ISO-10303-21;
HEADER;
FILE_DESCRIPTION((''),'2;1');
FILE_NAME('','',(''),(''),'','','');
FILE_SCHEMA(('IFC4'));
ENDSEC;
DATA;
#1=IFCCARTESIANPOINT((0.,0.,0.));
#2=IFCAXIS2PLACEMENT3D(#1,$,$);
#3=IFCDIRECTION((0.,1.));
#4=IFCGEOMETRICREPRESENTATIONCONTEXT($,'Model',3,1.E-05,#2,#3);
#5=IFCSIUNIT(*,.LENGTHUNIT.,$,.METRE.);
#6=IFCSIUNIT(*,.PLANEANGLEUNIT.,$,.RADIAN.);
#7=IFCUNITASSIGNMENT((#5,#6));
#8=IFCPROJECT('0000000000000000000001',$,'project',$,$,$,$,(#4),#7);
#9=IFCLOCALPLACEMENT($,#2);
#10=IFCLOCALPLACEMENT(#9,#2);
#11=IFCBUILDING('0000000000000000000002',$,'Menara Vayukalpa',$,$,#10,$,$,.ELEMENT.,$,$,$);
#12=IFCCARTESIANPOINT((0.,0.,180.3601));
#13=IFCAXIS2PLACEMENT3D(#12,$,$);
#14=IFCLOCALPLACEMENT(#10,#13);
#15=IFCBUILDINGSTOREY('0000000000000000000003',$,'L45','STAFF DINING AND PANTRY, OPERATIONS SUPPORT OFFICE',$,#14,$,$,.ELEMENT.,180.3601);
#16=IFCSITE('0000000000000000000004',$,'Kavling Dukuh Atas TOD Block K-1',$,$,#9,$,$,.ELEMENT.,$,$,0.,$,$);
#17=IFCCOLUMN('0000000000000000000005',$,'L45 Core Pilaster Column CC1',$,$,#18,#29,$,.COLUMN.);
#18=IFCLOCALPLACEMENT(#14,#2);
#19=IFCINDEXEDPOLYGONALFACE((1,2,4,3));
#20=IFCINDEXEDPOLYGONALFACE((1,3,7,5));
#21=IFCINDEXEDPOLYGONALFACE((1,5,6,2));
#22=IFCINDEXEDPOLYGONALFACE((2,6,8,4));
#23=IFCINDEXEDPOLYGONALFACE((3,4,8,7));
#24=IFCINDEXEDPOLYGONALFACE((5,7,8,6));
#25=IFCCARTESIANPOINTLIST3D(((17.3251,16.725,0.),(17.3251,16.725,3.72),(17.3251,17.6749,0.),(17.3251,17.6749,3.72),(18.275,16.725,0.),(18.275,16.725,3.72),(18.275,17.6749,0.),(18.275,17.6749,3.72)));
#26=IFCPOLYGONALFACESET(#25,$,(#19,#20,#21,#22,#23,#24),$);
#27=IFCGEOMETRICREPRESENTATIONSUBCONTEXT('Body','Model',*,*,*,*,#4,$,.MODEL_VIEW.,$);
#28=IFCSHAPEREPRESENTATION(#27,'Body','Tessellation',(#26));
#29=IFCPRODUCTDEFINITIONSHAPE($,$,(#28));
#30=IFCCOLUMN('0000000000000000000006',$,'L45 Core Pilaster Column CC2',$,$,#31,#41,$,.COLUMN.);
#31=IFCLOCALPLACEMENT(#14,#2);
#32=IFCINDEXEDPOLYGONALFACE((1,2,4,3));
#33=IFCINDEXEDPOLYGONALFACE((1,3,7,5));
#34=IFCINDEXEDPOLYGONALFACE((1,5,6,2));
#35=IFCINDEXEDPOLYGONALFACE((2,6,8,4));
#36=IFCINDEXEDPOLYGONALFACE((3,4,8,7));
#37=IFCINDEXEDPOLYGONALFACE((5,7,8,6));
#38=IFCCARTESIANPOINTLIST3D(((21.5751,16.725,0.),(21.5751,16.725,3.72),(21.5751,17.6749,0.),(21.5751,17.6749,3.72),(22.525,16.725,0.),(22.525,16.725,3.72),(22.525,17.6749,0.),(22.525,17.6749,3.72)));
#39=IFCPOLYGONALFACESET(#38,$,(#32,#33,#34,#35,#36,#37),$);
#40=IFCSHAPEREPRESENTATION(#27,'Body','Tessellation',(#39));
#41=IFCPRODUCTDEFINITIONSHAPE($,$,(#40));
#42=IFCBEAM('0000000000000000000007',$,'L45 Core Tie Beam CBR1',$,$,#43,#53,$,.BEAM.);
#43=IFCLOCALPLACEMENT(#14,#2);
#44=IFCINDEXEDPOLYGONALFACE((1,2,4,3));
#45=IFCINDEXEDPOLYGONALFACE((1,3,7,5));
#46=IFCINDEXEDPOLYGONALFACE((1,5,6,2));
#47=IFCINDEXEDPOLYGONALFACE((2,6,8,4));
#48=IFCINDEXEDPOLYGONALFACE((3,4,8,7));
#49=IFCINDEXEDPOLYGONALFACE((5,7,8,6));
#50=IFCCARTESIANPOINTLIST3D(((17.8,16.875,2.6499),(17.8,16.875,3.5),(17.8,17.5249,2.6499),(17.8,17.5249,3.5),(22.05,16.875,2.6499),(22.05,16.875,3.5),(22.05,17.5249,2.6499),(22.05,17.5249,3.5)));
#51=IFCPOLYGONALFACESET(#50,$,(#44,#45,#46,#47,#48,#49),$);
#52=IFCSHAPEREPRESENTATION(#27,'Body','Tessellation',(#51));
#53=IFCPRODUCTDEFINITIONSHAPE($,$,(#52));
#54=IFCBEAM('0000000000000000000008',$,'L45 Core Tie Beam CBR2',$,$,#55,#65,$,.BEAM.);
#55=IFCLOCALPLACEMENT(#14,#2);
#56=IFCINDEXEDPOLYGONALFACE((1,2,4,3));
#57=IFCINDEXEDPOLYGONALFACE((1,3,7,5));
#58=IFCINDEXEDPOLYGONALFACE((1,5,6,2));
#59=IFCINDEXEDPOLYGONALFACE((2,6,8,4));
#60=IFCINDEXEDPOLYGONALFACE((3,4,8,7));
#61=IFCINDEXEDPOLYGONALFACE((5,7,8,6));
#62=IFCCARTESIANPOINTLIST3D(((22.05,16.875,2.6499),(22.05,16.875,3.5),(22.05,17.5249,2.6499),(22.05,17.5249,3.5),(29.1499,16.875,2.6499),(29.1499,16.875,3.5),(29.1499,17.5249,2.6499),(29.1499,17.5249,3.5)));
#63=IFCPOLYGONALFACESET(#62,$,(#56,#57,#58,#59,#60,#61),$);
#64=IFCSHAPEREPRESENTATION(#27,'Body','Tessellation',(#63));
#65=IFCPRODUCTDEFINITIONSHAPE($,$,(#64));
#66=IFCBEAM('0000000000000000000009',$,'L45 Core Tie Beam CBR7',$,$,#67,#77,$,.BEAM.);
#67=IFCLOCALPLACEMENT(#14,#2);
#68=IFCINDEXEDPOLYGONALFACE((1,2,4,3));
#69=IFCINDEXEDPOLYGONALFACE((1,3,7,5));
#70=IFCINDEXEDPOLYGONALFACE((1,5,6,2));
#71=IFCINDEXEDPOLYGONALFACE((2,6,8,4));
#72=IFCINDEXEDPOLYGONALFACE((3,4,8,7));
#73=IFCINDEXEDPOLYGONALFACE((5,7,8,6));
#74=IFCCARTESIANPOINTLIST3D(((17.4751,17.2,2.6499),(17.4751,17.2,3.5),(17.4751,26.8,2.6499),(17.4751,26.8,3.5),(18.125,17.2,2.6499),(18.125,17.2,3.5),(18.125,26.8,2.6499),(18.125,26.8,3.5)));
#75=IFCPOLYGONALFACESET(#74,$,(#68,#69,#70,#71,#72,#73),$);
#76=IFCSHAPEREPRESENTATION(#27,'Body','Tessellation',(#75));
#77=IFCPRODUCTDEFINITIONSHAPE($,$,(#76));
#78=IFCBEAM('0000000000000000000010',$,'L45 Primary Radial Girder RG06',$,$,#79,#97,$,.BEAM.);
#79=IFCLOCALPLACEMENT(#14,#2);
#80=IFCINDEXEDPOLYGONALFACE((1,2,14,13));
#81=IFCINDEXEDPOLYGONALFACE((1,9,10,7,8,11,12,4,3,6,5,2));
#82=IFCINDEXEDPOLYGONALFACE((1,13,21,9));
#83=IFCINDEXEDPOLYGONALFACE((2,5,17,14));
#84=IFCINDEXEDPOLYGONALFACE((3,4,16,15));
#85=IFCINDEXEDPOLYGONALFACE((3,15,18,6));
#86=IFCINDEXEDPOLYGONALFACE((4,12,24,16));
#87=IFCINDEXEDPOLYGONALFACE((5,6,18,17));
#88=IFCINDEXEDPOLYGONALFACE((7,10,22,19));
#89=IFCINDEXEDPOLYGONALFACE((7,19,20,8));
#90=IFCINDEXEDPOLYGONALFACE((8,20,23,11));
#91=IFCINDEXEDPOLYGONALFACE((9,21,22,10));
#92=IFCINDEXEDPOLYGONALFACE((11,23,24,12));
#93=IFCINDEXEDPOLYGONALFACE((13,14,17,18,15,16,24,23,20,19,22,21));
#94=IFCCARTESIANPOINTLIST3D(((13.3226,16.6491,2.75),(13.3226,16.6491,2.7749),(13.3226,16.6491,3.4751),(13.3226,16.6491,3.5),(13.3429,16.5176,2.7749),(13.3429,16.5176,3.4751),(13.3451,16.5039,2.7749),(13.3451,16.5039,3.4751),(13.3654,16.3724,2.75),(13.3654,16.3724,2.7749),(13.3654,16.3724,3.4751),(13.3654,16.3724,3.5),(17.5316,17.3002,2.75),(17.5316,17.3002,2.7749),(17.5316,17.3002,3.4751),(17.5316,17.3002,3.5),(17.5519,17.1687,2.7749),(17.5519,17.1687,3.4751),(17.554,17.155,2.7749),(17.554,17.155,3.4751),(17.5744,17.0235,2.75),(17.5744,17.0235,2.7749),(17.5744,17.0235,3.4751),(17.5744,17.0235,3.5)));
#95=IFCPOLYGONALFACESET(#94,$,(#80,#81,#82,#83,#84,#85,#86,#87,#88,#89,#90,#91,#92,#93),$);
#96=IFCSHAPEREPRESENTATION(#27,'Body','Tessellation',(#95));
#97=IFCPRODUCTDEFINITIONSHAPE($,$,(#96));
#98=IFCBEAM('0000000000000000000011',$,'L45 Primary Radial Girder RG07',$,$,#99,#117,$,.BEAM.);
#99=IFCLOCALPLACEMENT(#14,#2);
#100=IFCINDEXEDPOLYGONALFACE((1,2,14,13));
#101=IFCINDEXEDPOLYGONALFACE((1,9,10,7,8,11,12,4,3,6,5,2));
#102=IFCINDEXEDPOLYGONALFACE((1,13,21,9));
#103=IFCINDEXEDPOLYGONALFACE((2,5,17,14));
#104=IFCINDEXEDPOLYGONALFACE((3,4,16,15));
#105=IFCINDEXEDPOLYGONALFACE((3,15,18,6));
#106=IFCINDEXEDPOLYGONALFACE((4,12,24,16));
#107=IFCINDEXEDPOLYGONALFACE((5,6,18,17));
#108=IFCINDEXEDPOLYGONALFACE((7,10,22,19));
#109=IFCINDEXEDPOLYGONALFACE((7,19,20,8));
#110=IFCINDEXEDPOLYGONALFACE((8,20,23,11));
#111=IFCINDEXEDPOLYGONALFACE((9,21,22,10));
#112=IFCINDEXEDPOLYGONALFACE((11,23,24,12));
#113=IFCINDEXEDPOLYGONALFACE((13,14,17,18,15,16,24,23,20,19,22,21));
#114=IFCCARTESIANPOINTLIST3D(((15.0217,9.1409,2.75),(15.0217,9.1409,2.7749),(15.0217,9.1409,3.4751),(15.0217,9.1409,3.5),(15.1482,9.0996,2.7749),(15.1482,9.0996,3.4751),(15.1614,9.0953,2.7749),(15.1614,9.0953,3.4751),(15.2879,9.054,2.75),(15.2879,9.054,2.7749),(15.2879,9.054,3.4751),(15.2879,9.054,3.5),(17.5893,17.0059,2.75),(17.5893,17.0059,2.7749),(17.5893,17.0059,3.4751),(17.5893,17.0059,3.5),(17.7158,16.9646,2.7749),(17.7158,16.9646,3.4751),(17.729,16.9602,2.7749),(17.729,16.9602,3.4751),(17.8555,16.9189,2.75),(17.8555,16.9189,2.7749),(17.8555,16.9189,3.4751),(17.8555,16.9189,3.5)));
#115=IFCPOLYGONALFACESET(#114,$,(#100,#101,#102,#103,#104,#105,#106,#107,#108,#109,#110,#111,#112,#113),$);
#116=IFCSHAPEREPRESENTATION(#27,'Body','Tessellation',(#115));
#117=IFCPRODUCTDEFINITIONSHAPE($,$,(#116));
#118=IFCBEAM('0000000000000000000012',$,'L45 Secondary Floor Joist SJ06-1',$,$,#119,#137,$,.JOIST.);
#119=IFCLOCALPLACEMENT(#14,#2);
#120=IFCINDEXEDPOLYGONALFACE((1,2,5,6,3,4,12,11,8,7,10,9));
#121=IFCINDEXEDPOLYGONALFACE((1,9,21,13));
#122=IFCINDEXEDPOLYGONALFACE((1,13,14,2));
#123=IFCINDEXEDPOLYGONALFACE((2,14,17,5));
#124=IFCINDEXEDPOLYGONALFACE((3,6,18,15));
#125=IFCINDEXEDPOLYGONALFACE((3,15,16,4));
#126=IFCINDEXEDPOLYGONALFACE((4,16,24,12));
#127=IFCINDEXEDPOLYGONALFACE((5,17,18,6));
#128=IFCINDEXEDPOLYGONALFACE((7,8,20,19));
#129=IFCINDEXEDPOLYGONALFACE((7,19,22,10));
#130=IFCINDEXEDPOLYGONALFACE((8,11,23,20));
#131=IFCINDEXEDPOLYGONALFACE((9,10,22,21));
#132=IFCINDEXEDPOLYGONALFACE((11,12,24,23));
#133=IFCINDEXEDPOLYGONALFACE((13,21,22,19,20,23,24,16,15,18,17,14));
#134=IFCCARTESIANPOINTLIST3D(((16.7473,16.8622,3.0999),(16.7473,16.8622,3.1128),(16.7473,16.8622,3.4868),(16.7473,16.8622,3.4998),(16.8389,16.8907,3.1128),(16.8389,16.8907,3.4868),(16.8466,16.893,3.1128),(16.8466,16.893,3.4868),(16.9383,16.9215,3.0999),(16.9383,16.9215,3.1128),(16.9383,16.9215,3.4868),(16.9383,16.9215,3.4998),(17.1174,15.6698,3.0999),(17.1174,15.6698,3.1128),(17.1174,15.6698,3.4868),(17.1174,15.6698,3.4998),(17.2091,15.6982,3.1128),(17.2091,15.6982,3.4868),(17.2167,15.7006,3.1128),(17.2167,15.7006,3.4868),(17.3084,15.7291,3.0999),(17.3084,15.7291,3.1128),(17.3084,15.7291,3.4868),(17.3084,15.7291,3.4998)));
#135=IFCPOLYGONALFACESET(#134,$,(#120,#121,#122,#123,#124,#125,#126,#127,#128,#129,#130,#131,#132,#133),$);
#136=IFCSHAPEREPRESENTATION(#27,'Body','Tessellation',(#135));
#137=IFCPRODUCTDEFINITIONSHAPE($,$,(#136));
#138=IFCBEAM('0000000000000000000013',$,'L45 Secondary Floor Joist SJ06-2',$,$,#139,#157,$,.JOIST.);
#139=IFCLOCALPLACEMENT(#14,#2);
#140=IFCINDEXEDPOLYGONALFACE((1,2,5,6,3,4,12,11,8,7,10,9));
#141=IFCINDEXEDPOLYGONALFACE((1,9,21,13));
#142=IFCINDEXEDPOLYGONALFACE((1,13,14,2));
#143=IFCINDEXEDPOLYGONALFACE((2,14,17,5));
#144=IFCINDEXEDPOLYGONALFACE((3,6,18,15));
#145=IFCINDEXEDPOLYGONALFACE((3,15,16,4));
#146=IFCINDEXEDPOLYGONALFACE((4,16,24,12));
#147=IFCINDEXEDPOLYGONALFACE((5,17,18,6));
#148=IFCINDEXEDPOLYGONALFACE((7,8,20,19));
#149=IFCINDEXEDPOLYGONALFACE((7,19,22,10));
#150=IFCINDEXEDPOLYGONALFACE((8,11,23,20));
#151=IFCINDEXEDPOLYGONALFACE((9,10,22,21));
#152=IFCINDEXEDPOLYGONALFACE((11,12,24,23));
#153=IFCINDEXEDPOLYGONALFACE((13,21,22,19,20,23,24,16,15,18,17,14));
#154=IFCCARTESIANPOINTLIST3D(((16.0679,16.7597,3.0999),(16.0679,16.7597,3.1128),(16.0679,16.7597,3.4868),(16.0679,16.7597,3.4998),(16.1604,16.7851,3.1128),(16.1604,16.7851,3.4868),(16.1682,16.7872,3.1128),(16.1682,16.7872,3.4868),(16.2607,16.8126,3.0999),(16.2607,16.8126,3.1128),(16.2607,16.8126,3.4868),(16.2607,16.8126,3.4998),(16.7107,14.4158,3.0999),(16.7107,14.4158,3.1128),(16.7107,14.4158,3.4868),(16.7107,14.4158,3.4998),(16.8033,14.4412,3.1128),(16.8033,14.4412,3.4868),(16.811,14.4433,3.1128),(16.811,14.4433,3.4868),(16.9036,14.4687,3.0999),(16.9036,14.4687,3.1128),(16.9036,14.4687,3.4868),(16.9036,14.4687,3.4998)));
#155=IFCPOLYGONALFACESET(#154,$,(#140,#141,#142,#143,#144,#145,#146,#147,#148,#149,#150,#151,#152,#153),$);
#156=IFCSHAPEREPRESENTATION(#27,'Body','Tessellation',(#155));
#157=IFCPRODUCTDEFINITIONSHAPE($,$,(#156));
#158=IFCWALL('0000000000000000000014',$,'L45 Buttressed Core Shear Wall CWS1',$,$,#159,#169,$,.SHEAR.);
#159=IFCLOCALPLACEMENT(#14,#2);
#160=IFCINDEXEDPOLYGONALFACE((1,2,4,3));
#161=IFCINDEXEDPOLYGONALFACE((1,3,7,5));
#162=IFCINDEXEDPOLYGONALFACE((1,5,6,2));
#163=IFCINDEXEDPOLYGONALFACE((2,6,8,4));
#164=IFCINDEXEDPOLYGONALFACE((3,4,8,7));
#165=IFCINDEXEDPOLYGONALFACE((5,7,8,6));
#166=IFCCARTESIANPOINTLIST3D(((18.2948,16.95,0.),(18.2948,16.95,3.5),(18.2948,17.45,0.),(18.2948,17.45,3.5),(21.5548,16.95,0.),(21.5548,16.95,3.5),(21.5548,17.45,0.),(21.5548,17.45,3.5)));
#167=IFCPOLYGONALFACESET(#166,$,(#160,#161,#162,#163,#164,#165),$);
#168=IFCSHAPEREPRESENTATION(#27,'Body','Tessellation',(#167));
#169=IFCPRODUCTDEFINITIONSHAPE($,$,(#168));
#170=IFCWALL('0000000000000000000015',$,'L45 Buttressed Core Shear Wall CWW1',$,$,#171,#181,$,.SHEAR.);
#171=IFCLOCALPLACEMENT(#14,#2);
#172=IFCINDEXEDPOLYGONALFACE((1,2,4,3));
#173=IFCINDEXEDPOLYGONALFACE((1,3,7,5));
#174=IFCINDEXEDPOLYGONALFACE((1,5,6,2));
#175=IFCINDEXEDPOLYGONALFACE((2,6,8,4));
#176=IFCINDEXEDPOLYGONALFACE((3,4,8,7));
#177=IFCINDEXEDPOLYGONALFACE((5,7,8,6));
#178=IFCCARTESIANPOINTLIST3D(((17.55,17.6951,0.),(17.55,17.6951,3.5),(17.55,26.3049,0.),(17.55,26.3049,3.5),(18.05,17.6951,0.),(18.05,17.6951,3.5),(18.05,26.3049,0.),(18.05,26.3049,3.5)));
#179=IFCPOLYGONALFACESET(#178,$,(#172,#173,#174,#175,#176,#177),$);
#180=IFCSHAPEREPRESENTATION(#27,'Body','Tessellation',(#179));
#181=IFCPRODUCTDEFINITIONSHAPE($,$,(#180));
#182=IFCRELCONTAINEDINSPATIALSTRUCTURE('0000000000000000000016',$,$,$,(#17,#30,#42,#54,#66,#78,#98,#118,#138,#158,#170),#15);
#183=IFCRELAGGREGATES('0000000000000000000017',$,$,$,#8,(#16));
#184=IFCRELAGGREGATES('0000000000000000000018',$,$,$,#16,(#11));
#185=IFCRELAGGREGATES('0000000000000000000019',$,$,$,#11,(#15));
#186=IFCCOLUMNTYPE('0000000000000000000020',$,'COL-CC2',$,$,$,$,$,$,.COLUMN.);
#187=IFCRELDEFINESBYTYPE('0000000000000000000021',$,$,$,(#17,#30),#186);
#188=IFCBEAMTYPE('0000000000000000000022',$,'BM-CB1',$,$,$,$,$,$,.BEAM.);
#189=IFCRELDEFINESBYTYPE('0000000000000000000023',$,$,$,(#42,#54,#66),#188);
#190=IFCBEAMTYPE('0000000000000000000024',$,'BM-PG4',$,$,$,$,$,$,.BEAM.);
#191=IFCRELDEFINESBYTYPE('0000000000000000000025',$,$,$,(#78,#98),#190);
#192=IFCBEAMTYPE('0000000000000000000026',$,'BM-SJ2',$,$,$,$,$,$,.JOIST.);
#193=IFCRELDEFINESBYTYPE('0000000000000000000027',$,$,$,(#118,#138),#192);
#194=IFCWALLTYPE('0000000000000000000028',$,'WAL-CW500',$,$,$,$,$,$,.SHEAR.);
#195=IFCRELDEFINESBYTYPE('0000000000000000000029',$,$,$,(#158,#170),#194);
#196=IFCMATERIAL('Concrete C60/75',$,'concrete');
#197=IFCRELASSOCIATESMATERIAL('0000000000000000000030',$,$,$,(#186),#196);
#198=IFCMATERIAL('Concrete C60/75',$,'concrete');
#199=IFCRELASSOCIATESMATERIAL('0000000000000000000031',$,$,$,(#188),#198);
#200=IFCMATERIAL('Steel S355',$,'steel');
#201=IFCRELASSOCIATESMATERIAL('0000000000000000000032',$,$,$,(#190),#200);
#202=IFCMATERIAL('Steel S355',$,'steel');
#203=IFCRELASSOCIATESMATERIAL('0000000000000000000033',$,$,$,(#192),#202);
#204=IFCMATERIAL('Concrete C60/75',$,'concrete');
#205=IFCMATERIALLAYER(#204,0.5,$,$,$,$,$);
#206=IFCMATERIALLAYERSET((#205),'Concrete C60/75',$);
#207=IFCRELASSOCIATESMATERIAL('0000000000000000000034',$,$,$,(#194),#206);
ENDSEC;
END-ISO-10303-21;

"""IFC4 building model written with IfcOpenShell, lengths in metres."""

from ifc_helpers import new_model, si_unit, direction, frame, frame_2d, origin, origin_2d, place, context, subcontext, project, spatial, rectangle, i_section, extrude, material, layer, layer_set, material_profile, profile_set, type_object, element, save


model = new_model("IFC4")

# Units and contexts
model_context = context("Model", 3, precision=1e-05, world=origin(), true_north=direction((0.0, 1.0)))
body_context = subcontext(model_context, "Body", "Model", "MODEL_VIEW")
ifc_project = project(units=[si_unit("LENGTHUNIT", "METRE"), si_unit("PLANEANGLEUNIT", "RADIAN")], contexts=[model_context])

# Site, building, storey
site_placement = place(None, origin())
site = spatial("IfcSite", under=ifc_project, at=site_placement, Name="Kavling Dukuh Atas TOD Block K-1", CompositionType="ELEMENT", RefElevation=0.0)
building_placement = place(site_placement, origin())
building = spatial("IfcBuilding", under=site, at=building_placement, Name="Menara Vayukalpa", CompositionType="ELEMENT")
storey_placement = place(building_placement, frame((0.0, 0.0, 180.3601)))
storey = spatial("IfcBuildingStorey", under=building, at=storey_placement, Name="L45", Description="STAFF DINING AND PANTRY, OPERATIONS SUPPORT OFFICE", CompositionType="ELEMENT", Elevation=180.3601)

# Columns
ifc_material_1 = material(Name="Concrete C60/75", Category="concrete")
ifc_material_profile_1 = material_profile(ifc_material_1, rectangle(XDim=0.95, YDim=0.95, at=origin_2d()), Name="RC 950x950")
ifc_profile_set_1 = profile_set([ifc_material_profile_1], Name="Concrete C60/75")
column_type = type_object("IfcColumnType", Name="COL-CC2", PredefinedType="COLUMN", material=ifc_profile_set_1)
for number, where, z_axis, x_axis, name in (
    (1, (17.8, 17.2, 0.0), (0.0, 0.0, 1.0), (1.0, 0.0, 0.0), "L45 Core Pilaster Column CC1"),
    (2, (22.05, 17.2, 0.0), (0.0, 0.0, 1.0), (1.0, 0.0, 0.0), "L45 Core Pilaster Column CC2"),
):
    element("IfcColumn", number, at=place(storey_placement, frame(where, z_axis=z_axis, x_axis=x_axis)), inside=storey, type_object=column_type, Name=name, PredefinedType="COLUMN", context=body_context, shape_type="SweptSolid", body=[
        extrude(rectangle(XDim=0.95, YDim=0.95, at=origin_2d()), origin(), (0.0, 0.0, 1.0), 3.72),
    ])

# Beams
ifc_material_2 = material(Name="Concrete C60/75", Category="concrete")
ifc_material_profile_2 = material_profile(ifc_material_2, rectangle(XDim=0.6499, YDim=0.8501, at=origin_2d()), Name="RC 650x850")
ifc_profile_set_2 = profile_set([ifc_material_profile_2], Name="Concrete C60/75")
beam_type_1 = type_object("IfcBeamType", Name="BM-CB1", PredefinedType="BEAM", material=ifc_profile_set_2)
beam_1_placement = place(storey_placement, frame((17.8, 17.2, 3.075), z_axis=(1.0, 0.0, 0.0), x_axis=(0.0, 1.0, 0.0)))
element("IfcBeam", 3, at=beam_1_placement, inside=storey, type_object=beam_type_1, Name="L45 Core Tie Beam CBR1", PredefinedType="BEAM", context=body_context, shape_type="SweptSolid", body=[
    extrude(rectangle(XDim=0.6499, YDim=0.8501, at=origin_2d()), origin(), (0.0, 0.0, 1.0), 4.25),
])
beam_2_placement = place(storey_placement, frame((22.05, 17.2, 3.075), z_axis=(1.0, 0.0, 0.0), x_axis=(0.0, 1.0, 0.0)))
element("IfcBeam", 4, at=beam_2_placement, inside=storey, type_object=beam_type_1, Name="L45 Core Tie Beam CBR2", PredefinedType="BEAM", context=body_context, shape_type="SweptSolid", body=[
    extrude(rectangle(XDim=0.6499, YDim=0.8501, at=origin_2d()), origin(), (0.0, 0.0, 1.0), 7.0999),
])
beam_3_placement = place(storey_placement, frame((17.8, 17.2, 3.075), z_axis=(0.0, 1.0, 0.0), x_axis=(-1.0, 0.0, 0.0)))
element("IfcBeam", 5, at=beam_3_placement, inside=storey, type_object=beam_type_1, Name="L45 Core Tie Beam CBR7", PredefinedType="BEAM", context=body_context, shape_type="SweptSolid", body=[
    extrude(rectangle(XDim=0.6499, YDim=0.8501, at=origin_2d()), origin(), (0.0, 0.0, 1.0), 9.6001),
])
ifc_material_3 = material(Name="Steel S355", Category="steel")
ifc_material_profile_3 = material_profile(ifc_material_3, i_section(OverallWidth=0.28, OverallDepth=0.75, WebThickness=0.0139, FlangeThickness=0.0249, at=origin_2d()), Name="WF 750x280x14x25")
ifc_profile_set_3 = profile_set([ifc_material_profile_3], Name="Steel S355")
beam_type_2 = type_object("IfcBeamType", Name="BM-PG4", PredefinedType="BEAM", material=ifc_profile_set_3)
beam_4_placement = place(storey_placement, frame((17.553, 17.1619, 3.125), z_axis=(-0.988245, -0.15288, 0.0), x_axis=(0.15288, -0.988245, 0.0)))
element("IfcBeam", 6, at=beam_4_placement, inside=storey, type_object=beam_type_2, Name="L45 Primary Radial Girder RG06", PredefinedType="BEAM", context=body_context, shape_type="SweptSolid", body=[
    extrude(i_section(OverallWidth=0.28, OverallDepth=0.75, WebThickness=0.0139, FlangeThickness=0.0249, at=origin_2d()), origin(), (0.0, 0.0, 1.0), 4.259),
])
beam_5_placement = place(storey_placement, frame((17.7224, 16.9624, 3.125), z_axis=(-0.310344, -0.950624, 0.0), x_axis=(0.950624, -0.310344, 0.0)))
element("IfcBeam", 7, at=beam_5_placement, inside=storey, type_object=beam_type_2, Name="L45 Primary Radial Girder RG07", PredefinedType="BEAM", context=body_context, shape_type="SweptSolid", body=[
    extrude(i_section(OverallWidth=0.28, OverallDepth=0.75, WebThickness=0.0139, FlangeThickness=0.0249, at=origin_2d()), origin(), (0.0, 0.0, 1.0), 8.2734),
])
ifc_material_4 = material(Name="Steel S355", Category="steel")
ifc_material_profile_4 = material_profile(ifc_material_4, i_section(OverallWidth=0.2, OverallDepth=0.3999, WebThickness=0.0081, FlangeThickness=0.0129, at=origin_2d()), Name="WF 400x200x8x13")
ifc_profile_set_4 = profile_set([ifc_material_profile_4], Name="Steel S355")
beam_type_3 = type_object("IfcBeamType", Name="BM-SJ2", PredefinedType="JOIST", material=ifc_profile_set_4)
beam_6_placement = place(storey_placement, frame((16.8428, 16.8918, 3.2998), z_axis=(0.296448, -0.955049, 0.0), x_axis=(0.955049, 0.296448, 0.0)))
element("IfcBeam", 8, at=beam_6_placement, inside=storey, type_object=beam_type_3, Name="L45 Secondary Floor Joist SJ06-1", PredefinedType="JOIST", context=body_context, shape_type="SweptSolid", body=[
    extrude(i_section(OverallWidth=0.2, OverallDepth=0.3999, WebThickness=0.0081, FlangeThickness=0.0129, at=origin_2d()), origin(), (0.0, 0.0, 1.0), 1.2485),
])
beam_7_placement = place(storey_placement, frame((16.1643, 16.7861, 3.2998), z_axis=(0.264503, -0.964385, 0.0), x_axis=(0.964385, 0.264503, 0.0)))
element("IfcBeam", 9, at=beam_7_placement, inside=storey, type_object=beam_type_3, Name="L45 Secondary Floor Joist SJ06-2", PredefinedType="JOIST", context=body_context, shape_type="SweptSolid", body=[
    extrude(i_section(OverallWidth=0.2, OverallDepth=0.3999, WebThickness=0.0081, FlangeThickness=0.0129, at=origin_2d()), origin(), (0.0, 0.0, 1.0), 2.4304),
])

# Walls
ifc_material_5 = material(Name="Concrete C60/75", Category="concrete")
ifc_layer_1 = layer(ifc_material_5, 0.5)
ifc_layer_set_1 = layer_set([ifc_layer_1], Name="Concrete C60/75")
wall_type_1 = type_object("IfcWallType", Name="WAL-CW500", PredefinedType="SHEAR", material=ifc_layer_set_1)
wall_1_placement = place(storey_placement, frame((18.2949, 17.2, 0.0), z_axis=(0.0, 0.0, 1.0), x_axis=(1.0, 0.0, 0.0)))
element("IfcWall", 10, at=wall_1_placement, inside=storey, type_object=wall_type_1, Name="L45 Buttressed Core Shear Wall CWS1", PredefinedType="SHEAR", context=body_context, shape_type="SweptSolid", body=[
    extrude(rectangle(XDim=3.26, YDim=0.5, at=frame_2d((1.6299, 0.0))), origin(), (0.0, 0.0, 1.0), 3.5),
])
wall_2_placement = place(storey_placement, frame((17.8, 17.6951, 0.0), z_axis=(0.0, 0.0, 1.0), x_axis=(0.0, 1.0, 0.0)))
element("IfcWall", 11, at=wall_2_placement, inside=storey, type_object=wall_type_1, Name="L45 Buttressed Core Shear Wall CWW1", PredefinedType="SHEAR", context=body_context, shape_type="SweptSolid", body=[
    extrude(rectangle(XDim=8.6099, YDim=0.5, at=frame_2d((4.3049, 0.0))), origin(), (0.0, 0.0, 1.0), 3.5),
])

save(model, "model.ifc")
